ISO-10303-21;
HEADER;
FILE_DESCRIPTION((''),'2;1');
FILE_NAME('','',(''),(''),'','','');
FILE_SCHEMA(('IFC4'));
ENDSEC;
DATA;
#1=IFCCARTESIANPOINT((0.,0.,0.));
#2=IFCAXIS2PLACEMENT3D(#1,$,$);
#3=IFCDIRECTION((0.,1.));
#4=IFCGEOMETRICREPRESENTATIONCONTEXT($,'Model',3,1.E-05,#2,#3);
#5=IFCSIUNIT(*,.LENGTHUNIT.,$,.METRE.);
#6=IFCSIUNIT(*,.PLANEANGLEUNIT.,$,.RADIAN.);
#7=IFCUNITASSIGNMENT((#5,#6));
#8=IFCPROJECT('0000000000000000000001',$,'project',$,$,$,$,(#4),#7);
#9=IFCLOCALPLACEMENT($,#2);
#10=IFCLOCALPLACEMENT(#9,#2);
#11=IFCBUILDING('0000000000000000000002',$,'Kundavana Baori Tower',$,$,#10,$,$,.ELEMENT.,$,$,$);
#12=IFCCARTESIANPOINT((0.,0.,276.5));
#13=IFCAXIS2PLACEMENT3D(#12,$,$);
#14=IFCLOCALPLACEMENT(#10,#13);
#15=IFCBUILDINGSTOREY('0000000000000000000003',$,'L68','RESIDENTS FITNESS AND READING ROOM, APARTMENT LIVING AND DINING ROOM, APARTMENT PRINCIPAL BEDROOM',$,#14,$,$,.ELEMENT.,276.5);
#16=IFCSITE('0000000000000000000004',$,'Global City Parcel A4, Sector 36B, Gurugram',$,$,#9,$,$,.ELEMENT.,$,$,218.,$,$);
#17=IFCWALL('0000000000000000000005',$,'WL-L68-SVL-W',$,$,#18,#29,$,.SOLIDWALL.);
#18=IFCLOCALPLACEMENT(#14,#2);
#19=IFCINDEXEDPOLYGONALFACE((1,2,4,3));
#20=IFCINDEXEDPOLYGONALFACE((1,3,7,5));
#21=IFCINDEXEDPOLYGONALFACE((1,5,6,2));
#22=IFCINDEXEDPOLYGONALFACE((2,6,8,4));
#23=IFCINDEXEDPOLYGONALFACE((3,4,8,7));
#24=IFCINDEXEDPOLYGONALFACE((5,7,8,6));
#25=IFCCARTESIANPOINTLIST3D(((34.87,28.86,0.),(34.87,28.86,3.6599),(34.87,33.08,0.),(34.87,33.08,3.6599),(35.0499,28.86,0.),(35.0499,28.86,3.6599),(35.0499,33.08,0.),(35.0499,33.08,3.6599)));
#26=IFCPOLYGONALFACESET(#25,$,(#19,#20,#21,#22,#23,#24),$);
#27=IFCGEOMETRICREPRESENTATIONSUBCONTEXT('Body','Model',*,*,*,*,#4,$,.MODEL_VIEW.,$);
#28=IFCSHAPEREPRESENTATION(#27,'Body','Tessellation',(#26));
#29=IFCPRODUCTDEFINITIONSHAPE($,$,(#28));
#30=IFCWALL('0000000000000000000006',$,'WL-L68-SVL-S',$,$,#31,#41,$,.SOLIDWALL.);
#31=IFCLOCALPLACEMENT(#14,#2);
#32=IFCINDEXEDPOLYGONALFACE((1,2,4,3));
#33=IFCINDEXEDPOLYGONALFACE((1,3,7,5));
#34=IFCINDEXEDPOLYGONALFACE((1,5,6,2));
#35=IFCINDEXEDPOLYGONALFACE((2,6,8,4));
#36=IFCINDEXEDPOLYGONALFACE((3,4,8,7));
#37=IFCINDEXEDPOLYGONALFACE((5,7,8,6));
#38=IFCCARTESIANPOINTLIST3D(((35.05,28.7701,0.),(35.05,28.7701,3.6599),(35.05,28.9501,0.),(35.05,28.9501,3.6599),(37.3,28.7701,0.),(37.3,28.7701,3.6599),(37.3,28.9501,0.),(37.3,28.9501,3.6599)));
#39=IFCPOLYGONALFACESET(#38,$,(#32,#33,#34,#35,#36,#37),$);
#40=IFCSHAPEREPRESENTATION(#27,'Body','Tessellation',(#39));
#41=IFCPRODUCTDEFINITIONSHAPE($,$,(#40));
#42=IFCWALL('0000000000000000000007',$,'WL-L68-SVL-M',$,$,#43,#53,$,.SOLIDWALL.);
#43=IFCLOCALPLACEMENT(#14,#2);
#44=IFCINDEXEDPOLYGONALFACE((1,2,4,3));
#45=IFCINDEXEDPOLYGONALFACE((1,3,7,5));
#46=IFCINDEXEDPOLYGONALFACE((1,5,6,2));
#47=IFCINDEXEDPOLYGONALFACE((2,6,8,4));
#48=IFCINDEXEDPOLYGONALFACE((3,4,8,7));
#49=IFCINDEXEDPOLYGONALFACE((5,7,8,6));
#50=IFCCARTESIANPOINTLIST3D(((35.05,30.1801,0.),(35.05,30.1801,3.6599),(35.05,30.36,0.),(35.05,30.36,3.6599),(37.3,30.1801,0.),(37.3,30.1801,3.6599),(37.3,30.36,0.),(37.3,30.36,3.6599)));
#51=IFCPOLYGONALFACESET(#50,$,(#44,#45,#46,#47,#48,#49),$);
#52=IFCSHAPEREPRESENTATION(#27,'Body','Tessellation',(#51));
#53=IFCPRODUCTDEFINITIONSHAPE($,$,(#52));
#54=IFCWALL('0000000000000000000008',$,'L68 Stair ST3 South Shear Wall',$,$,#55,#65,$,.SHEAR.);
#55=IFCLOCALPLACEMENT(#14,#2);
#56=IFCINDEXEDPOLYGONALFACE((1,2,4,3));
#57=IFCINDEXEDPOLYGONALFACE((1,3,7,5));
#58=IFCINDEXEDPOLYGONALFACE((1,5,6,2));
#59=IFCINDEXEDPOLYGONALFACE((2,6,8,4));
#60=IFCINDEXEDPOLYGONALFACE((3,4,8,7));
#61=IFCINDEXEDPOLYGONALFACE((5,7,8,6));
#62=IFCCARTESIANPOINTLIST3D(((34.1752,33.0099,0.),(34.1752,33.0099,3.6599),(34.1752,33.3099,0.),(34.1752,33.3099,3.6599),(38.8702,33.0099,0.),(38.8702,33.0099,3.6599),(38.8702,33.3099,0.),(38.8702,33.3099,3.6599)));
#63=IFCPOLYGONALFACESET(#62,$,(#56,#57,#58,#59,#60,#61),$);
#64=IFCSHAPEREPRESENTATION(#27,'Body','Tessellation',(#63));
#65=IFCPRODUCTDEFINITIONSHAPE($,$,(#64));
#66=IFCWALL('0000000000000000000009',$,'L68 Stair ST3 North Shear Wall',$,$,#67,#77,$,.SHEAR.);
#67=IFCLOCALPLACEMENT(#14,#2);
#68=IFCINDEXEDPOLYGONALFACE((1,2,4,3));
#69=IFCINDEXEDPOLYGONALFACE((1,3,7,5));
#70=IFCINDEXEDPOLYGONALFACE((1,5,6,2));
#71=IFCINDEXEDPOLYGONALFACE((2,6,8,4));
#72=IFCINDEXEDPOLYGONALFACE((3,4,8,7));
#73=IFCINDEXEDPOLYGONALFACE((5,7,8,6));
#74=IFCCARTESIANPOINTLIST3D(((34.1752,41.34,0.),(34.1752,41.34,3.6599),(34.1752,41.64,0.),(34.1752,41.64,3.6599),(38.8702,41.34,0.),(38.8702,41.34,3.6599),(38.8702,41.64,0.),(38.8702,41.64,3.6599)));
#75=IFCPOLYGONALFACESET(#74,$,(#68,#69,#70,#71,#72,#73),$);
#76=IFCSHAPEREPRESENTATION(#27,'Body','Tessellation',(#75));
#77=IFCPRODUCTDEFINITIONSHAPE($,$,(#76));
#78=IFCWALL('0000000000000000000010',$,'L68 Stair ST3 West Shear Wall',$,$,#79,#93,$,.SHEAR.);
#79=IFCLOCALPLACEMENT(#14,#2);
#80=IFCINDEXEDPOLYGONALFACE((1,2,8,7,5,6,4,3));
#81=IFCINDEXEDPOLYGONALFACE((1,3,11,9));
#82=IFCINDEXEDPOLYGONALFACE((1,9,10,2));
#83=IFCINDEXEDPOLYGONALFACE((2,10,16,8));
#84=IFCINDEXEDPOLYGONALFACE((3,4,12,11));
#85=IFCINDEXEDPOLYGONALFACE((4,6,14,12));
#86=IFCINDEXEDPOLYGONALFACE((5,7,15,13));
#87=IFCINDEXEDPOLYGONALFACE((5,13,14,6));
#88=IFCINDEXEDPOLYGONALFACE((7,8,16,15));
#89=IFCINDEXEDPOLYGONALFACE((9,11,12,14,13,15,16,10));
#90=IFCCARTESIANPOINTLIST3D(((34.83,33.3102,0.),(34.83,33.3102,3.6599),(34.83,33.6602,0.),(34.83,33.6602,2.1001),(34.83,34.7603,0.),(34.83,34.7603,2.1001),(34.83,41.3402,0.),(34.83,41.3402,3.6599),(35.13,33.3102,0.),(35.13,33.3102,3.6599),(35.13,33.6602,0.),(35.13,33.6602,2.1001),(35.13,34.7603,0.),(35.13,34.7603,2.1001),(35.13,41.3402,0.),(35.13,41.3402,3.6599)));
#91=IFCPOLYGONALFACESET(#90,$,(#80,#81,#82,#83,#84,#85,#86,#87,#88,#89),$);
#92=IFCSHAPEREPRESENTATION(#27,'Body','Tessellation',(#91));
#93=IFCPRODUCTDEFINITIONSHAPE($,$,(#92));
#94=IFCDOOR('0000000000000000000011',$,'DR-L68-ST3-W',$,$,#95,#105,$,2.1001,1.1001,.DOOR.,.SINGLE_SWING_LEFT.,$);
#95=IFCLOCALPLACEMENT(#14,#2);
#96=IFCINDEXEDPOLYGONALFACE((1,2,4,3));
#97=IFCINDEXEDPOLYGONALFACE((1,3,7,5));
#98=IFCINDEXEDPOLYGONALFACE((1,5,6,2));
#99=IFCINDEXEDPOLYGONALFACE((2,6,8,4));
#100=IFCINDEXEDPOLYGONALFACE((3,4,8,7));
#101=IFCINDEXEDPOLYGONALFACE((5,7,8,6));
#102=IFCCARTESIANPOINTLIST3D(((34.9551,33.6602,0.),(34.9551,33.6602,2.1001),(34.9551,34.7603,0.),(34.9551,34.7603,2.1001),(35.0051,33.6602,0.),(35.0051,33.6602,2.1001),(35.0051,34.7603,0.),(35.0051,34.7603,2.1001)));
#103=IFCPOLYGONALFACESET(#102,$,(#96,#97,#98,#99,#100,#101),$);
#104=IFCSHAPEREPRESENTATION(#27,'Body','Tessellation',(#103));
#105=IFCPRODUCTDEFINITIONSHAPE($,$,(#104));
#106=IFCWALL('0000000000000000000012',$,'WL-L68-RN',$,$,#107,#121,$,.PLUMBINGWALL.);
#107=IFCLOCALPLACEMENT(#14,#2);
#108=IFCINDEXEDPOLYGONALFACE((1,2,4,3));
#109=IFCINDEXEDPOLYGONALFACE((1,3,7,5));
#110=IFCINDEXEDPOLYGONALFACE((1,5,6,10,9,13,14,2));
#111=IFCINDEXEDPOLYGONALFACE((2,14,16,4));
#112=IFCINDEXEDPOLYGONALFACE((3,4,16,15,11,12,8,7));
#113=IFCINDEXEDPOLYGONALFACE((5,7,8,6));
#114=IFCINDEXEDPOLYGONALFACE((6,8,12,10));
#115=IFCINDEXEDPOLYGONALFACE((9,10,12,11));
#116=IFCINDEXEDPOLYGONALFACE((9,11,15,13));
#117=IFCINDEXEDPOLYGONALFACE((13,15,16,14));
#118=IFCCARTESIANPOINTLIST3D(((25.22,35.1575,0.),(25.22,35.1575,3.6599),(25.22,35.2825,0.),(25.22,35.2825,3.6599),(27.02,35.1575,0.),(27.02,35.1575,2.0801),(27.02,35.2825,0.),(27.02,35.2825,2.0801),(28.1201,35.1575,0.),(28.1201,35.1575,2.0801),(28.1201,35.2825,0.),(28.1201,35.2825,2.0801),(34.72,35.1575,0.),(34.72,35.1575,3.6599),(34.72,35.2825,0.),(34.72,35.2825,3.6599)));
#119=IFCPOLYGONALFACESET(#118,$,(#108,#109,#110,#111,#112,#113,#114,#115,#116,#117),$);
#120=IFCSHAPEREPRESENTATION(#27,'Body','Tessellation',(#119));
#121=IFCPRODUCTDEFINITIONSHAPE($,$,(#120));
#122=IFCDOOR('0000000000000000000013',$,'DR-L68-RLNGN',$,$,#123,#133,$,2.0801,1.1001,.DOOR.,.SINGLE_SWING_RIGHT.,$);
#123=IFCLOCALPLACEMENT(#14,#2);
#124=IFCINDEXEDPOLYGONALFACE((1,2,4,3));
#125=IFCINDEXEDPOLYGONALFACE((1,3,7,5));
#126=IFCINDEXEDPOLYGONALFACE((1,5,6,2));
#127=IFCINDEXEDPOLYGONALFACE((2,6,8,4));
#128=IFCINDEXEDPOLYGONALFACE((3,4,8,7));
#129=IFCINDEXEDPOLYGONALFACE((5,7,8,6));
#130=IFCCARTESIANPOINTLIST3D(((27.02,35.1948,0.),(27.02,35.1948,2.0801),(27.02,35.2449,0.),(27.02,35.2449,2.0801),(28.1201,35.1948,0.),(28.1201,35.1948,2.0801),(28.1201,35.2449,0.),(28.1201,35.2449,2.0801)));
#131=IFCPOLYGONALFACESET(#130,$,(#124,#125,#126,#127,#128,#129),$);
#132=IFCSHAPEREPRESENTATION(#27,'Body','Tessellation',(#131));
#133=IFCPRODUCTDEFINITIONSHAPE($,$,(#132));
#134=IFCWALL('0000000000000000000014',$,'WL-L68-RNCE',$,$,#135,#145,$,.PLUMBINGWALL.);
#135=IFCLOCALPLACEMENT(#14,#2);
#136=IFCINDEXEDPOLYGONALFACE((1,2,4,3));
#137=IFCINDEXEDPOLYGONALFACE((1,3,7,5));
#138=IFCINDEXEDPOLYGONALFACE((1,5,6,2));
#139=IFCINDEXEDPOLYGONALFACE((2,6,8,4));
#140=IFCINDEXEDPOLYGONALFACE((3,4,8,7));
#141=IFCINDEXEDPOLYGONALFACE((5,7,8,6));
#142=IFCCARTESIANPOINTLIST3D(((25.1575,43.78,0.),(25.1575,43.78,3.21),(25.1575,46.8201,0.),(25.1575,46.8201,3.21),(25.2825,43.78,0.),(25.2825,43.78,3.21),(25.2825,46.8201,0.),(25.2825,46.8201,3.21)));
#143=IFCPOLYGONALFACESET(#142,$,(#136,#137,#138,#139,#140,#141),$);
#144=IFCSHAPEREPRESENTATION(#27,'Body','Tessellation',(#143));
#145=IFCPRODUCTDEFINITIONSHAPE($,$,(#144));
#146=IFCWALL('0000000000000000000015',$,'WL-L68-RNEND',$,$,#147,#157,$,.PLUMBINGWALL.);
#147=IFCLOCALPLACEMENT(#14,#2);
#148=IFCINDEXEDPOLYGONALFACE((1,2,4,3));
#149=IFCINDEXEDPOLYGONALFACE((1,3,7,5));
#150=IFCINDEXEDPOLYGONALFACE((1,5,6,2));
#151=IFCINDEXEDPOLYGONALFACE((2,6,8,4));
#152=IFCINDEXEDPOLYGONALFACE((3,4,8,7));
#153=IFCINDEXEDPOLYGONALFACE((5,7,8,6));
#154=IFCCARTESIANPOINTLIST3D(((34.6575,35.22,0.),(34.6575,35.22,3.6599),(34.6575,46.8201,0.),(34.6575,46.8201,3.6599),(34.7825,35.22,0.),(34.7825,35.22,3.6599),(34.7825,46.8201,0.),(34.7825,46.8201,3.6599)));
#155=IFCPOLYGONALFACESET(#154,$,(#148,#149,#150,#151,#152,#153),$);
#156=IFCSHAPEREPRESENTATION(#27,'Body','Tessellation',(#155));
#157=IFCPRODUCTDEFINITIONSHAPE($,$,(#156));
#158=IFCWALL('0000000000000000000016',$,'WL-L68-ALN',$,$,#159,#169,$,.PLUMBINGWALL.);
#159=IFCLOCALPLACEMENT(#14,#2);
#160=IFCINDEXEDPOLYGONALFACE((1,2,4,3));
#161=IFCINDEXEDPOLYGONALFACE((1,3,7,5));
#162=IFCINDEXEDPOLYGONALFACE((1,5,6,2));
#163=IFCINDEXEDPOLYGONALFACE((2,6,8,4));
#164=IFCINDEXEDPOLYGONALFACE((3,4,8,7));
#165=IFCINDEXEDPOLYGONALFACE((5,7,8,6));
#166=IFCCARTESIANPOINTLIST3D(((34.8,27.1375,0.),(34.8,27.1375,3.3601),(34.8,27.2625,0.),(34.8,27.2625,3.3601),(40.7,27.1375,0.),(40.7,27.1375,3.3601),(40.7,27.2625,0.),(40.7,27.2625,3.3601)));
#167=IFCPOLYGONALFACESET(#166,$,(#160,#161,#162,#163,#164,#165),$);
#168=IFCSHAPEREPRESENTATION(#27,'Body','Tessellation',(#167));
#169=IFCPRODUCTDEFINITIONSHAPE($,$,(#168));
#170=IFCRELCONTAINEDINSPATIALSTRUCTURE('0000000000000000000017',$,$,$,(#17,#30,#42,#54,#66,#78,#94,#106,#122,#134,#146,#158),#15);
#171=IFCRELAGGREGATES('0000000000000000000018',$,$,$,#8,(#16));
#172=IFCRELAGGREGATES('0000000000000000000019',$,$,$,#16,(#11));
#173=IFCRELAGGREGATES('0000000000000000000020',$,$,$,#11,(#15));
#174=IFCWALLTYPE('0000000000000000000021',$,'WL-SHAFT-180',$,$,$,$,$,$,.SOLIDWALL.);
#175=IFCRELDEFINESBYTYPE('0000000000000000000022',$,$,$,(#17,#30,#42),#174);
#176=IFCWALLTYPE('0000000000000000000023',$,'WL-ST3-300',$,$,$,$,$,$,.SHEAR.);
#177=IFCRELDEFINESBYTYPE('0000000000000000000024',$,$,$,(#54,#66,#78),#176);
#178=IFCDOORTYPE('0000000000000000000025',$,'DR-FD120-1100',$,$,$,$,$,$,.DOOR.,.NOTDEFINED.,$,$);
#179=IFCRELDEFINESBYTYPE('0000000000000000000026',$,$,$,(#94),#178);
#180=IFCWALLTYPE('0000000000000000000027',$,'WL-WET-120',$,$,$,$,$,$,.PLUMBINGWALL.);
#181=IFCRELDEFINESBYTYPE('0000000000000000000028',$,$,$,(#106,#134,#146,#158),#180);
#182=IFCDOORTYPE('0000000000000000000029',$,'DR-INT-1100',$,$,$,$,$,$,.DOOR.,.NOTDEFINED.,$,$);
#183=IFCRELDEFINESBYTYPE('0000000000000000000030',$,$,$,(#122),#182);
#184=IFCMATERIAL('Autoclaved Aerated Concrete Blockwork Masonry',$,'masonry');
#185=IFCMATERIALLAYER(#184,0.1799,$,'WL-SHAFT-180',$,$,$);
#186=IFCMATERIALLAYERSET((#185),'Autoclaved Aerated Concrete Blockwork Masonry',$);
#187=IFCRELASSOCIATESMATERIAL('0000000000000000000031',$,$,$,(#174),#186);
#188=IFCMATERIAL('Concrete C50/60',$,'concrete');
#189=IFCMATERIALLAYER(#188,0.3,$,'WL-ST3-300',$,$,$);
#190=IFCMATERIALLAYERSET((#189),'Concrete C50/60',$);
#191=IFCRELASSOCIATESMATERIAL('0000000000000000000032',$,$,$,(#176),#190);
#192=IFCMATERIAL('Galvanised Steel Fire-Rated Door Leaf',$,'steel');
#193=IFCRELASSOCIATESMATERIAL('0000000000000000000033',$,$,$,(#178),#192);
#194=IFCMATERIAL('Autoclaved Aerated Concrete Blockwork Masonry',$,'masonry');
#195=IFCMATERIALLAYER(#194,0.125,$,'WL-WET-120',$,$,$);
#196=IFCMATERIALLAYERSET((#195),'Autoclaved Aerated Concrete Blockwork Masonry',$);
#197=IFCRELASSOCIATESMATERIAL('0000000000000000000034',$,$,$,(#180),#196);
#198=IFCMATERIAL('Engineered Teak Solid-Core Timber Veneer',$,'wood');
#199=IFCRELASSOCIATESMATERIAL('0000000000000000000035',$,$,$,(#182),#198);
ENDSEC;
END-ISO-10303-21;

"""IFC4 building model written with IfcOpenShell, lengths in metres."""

from ifc_helpers import new_model, si_unit, direction, frame, frame_2d, origin, place, context, subcontext, project, spatial, rectangle, extrude, material, layer, layer_set, type_object, element, fill, save


model = new_model("IFC4")

# Units and contexts
model_context = context("Model", 3, precision=1e-05, world=origin(), true_north=direction((0.0, 1.0)))
body_context = subcontext(model_context, "Body", "Model", "MODEL_VIEW")
ifc_project = project(units=[si_unit("LENGTHUNIT", "METRE"), si_unit("PLANEANGLEUNIT", "RADIAN")], contexts=[model_context])

# Site, building, storey
site_placement = place(None, origin())
site = spatial("IfcSite", under=ifc_project, at=site_placement, Name="Global City Parcel A4, Sector 36B, Gurugram", CompositionType="ELEMENT", RefElevation=218.0)
building_placement = place(site_placement, origin())
building = spatial("IfcBuilding", under=site, at=building_placement, Name="Kundavana Baori Tower", CompositionType="ELEMENT")
storey_placement = place(building_placement, frame((0.0, 0.0, 276.5)))
storey = spatial("IfcBuildingStorey", under=building, at=storey_placement, Name="L68", Description="RESIDENTS FITNESS AND READING ROOM, APARTMENT LIVING AND DINING ROOM, APARTMENT PRINCIPAL BEDROOM", CompositionType="ELEMENT", Elevation=276.5)

# Walls
ifc_material_1 = material(Name="Autoclaved Aerated Concrete Blockwork Masonry", Category="masonry")
ifc_layer_1 = layer(ifc_material_1, 0.1799, Name="WL-SHAFT-180")
ifc_layer_set_1 = layer_set([ifc_layer_1], Name="Autoclaved Aerated Concrete Blockwork Masonry")
wall_type_1 = type_object("IfcWallType", Name="WL-SHAFT-180", PredefinedType="SOLIDWALL", material=ifc_layer_set_1)
wall_1_placement = place(storey_placement, frame((34.96, 28.8601, 0.0), z_axis=(0.0, 0.0, 1.0), x_axis=(0.0, 1.0, 0.0)))
element("IfcWall", 1, at=wall_1_placement, inside=storey, type_object=wall_type_1, Name="WL-L68-SVL-W", PredefinedType="SOLIDWALL", context=body_context, shape_type="SweptSolid", body=[
    extrude(rectangle(XDim=4.22, YDim=0.1799, at=frame_2d((2.1099, 0.0))), origin(), (0.0, 0.0, 1.0), 3.6599),
])
for number, where, z_axis, x_axis, name in (
    (2, (35.05, 28.8601, 0.0), (0.0, 0.0, 1.0), (1.0, 0.0, 0.0), "WL-L68-SVL-S"),
    (3, (35.05, 30.27, 0.0), (0.0, 0.0, 1.0), (1.0, 0.0, 0.0), "WL-L68-SVL-M"),
):
    element("IfcWall", number, at=place(storey_placement, frame(where, z_axis=z_axis, x_axis=x_axis)), inside=storey, type_object=wall_type_1, Name=name, PredefinedType="SOLIDWALL", context=body_context, shape_type="SweptSolid", body=[
        extrude(rectangle(XDim=2.25, YDim=0.1799, at=frame_2d((1.125, 0.0))), origin(), (0.0, 0.0, 1.0), 3.6599),
    ])
ifc_material_2 = material(Name="Concrete C50/60", Category="concrete")
ifc_layer_2 = layer(ifc_material_2, 0.3, Name="WL-ST3-300")
ifc_layer_set_2 = layer_set([ifc_layer_2], Name="Concrete C50/60")
wall_type_2 = type_object("IfcWallType", Name="WL-ST3-300", PredefinedType="SHEAR", material=ifc_layer_set_2)
for number, where, z_axis, x_axis, name in (
    (4, (34.175, 33.1599, 0.0), (0.0, 0.0, 1.0), (1.0, 0.0, 0.0), "L68 Stair ST3 South Shear Wall"),
    (5, (34.175, 41.49, 0.0), (0.0, 0.0, 1.0), (1.0, 0.0, 0.0), "L68 Stair ST3 North Shear Wall"),
):
    element("IfcWall", number, at=place(storey_placement, frame(where, z_axis=z_axis, x_axis=x_axis)), inside=storey, type_object=wall_type_2, Name=name, PredefinedType="SHEAR", context=body_context, shape_type="SweptSolid", body=[
        extrude(rectangle(XDim=4.6951, YDim=0.3, at=frame_2d((2.3477, 0.0))), origin(), (0.0, 0.0, 1.0), 3.6599),
    ])

# Walls, openings, doors
wall_2_placement = place(storey_placement, frame((34.98, 33.3101, 0.0), z_axis=(0.0, 0.0, 1.0), x_axis=(0.0, 1.0, 0.0)))
wall_2 = element("IfcWall", 6, at=wall_2_placement, inside=storey, type_object=wall_type_2, Name="L68 Stair ST3 West Shear Wall", PredefinedType="SHEAR", context=body_context, shape_type="SweptSolid", body=[
    extrude(rectangle(XDim=8.03, YDim=0.3, at=frame_2d((4.0151, 0.0))), origin(), (0.0, 0.0, 1.0), 3.6599),
])
opening_1_placement = place(wall_2_placement, frame((0.3501, 0.0, 0.0)))
opening_1 = element("IfcOpeningElement", 7, at=opening_1_placement, cuts=wall_2, PredefinedType="OPENING", context=body_context, shape_type="SweptSolid", body=[
    extrude(rectangle(XDim=1.1001, YDim=2.1001, at=frame_2d((0.55, 1.05))), frame((0.0, 0.1602, 0.0), z_axis=(0.0, -1.0, 0.0), x_axis=(1.0, 0.0, 0.0)), (0.0, 0.0, 1.0), 0.3201),
])
ifc_material_3 = material(Name="Galvanised Steel Fire-Rated Door Leaf", Category="steel")
door_type_1 = type_object("IfcDoorType", Name="DR-FD120-1100", OperationType="NOTDEFINED", PredefinedType="DOOR", material=ifc_material_3)
door_1_placement = place(opening_1_placement, origin())
door_1 = element("IfcDoor", 8, at=door_1_placement, inside=storey, type_object=door_type_1, Name="DR-L68-ST3-W", OperationType="SINGLE_SWING_LEFT", OverallHeight=2.1001, OverallWidth=1.1001, PredefinedType="DOOR", context=body_context, shape_type="SweptSolid", body=[
    extrude(rectangle(XDim=1.1001, YDim=2.1001, at=frame_2d((0.55, 1.05))), frame((0.0, 0.0249, 0.0), z_axis=(0.0, -1.0, 0.0), x_axis=(1.0, 0.0, 0.0)), (0.0, 0.0, 1.0), 0.05),
])
fill(opening_1, door_1)
ifc_material_4 = material(Name="Autoclaved Aerated Concrete Blockwork Masonry", Category="masonry")
ifc_layer_3 = layer(ifc_material_4, 0.125, Name="WL-WET-120")
ifc_layer_set_3 = layer_set([ifc_layer_3], Name="Autoclaved Aerated Concrete Blockwork Masonry")
wall_type_3 = type_object("IfcWallType", Name="WL-WET-120", PredefinedType="PLUMBINGWALL", material=ifc_layer_set_3)
wall_3_placement = place(storey_placement, frame((25.22, 35.22, 0.0), z_axis=(0.0, 0.0, 1.0), x_axis=(1.0, 0.0, 0.0)))
wall_3 = element("IfcWall", 9, at=wall_3_placement, inside=storey, type_object=wall_type_3, Name="WL-L68-RN", PredefinedType="PLUMBINGWALL", context=body_context, shape_type="SweptSolid", body=[
    extrude(rectangle(XDim=9.5, YDim=0.125, at=frame_2d((4.75, 0.0))), origin(), (0.0, 0.0, 1.0), 3.6599),
])
opening_2_placement = place(wall_3_placement, frame((1.8, 0.0, 0.0)))
opening_2 = element("IfcOpeningElement", 10, at=opening_2_placement, cuts=wall_3, PredefinedType="OPENING", context=body_context, shape_type="SweptSolid", body=[
    extrude(rectangle(XDim=1.1001, YDim=2.0801, at=frame_2d((0.55, 1.04))), frame((0.0, 0.0725, 0.0), z_axis=(0.0, -1.0, 0.0), x_axis=(1.0, 0.0, 0.0)), (0.0, 0.0, 1.0), 0.145),
])
ifc_material_5 = material(Name="Engineered Teak Solid-Core Timber Veneer", Category="wood")
door_type_2 = type_object("IfcDoorType", Name="DR-INT-1100", OperationType="NOTDEFINED", PredefinedType="DOOR", material=ifc_material_5)
door_2_placement = place(opening_2_placement, origin())
door_2 = element("IfcDoor", 11, at=door_2_placement, inside=storey, type_object=door_type_2, Name="DR-L68-RLNGN", OperationType="SINGLE_SWING_RIGHT", OverallHeight=2.0801, OverallWidth=1.1001, PredefinedType="DOOR", context=body_context, shape_type="SweptSolid", body=[
    extrude(rectangle(XDim=1.1001, YDim=2.0801, at=frame_2d((0.55, 1.04))), frame((0.0, 0.0249, 0.0), z_axis=(0.0, -1.0, 0.0), x_axis=(1.0, 0.0, 0.0)), (0.0, 0.0, 1.0), 0.05),
])
fill(opening_2, door_2)

# Walls
wall_4_placement = place(storey_placement, frame((25.22, 43.78, 0.0), z_axis=(0.0, 0.0, 1.0), x_axis=(0.0, 1.0, 0.0)))
element("IfcWall", 12, at=wall_4_placement, inside=storey, type_object=wall_type_3, Name="WL-L68-RNCE", PredefinedType="PLUMBINGWALL", context=body_context, shape_type="SweptSolid", body=[
    extrude(rectangle(XDim=3.04, YDim=0.125, at=frame_2d((1.52, 0.0))), origin(), (0.0, 0.0, 1.0), 3.21),
])
wall_5_placement = place(storey_placement, frame((34.72, 35.22, 0.0), z_axis=(0.0, 0.0, 1.0), x_axis=(0.0, 1.0, 0.0)))
element("IfcWall", 13, at=wall_5_placement, inside=storey, type_object=wall_type_3, Name="WL-L68-RNEND", PredefinedType="PLUMBINGWALL", context=body_context, shape_type="SweptSolid", body=[
    extrude(rectangle(XDim=11.6001, YDim=0.125, at=frame_2d((5.8, 0.0))), origin(), (0.0, 0.0, 1.0), 3.6599),
])
wall_6_placement = place(storey_placement, frame((34.8, 27.2, 0.0), z_axis=(0.0, 0.0, 1.0), x_axis=(1.0, 0.0, 0.0)))
element("IfcWall", 14, at=wall_6_placement, inside=storey, type_object=wall_type_3, Name="WL-L68-ALN", PredefinedType="PLUMBINGWALL", context=body_context, shape_type="SweptSolid", body=[
    extrude(rectangle(XDim=5.8999, YDim=0.125, at=frame_2d((2.95, 0.0))), origin(), (0.0, 0.0, 1.0), 3.3601),
])

save(model, "model.ifc")
